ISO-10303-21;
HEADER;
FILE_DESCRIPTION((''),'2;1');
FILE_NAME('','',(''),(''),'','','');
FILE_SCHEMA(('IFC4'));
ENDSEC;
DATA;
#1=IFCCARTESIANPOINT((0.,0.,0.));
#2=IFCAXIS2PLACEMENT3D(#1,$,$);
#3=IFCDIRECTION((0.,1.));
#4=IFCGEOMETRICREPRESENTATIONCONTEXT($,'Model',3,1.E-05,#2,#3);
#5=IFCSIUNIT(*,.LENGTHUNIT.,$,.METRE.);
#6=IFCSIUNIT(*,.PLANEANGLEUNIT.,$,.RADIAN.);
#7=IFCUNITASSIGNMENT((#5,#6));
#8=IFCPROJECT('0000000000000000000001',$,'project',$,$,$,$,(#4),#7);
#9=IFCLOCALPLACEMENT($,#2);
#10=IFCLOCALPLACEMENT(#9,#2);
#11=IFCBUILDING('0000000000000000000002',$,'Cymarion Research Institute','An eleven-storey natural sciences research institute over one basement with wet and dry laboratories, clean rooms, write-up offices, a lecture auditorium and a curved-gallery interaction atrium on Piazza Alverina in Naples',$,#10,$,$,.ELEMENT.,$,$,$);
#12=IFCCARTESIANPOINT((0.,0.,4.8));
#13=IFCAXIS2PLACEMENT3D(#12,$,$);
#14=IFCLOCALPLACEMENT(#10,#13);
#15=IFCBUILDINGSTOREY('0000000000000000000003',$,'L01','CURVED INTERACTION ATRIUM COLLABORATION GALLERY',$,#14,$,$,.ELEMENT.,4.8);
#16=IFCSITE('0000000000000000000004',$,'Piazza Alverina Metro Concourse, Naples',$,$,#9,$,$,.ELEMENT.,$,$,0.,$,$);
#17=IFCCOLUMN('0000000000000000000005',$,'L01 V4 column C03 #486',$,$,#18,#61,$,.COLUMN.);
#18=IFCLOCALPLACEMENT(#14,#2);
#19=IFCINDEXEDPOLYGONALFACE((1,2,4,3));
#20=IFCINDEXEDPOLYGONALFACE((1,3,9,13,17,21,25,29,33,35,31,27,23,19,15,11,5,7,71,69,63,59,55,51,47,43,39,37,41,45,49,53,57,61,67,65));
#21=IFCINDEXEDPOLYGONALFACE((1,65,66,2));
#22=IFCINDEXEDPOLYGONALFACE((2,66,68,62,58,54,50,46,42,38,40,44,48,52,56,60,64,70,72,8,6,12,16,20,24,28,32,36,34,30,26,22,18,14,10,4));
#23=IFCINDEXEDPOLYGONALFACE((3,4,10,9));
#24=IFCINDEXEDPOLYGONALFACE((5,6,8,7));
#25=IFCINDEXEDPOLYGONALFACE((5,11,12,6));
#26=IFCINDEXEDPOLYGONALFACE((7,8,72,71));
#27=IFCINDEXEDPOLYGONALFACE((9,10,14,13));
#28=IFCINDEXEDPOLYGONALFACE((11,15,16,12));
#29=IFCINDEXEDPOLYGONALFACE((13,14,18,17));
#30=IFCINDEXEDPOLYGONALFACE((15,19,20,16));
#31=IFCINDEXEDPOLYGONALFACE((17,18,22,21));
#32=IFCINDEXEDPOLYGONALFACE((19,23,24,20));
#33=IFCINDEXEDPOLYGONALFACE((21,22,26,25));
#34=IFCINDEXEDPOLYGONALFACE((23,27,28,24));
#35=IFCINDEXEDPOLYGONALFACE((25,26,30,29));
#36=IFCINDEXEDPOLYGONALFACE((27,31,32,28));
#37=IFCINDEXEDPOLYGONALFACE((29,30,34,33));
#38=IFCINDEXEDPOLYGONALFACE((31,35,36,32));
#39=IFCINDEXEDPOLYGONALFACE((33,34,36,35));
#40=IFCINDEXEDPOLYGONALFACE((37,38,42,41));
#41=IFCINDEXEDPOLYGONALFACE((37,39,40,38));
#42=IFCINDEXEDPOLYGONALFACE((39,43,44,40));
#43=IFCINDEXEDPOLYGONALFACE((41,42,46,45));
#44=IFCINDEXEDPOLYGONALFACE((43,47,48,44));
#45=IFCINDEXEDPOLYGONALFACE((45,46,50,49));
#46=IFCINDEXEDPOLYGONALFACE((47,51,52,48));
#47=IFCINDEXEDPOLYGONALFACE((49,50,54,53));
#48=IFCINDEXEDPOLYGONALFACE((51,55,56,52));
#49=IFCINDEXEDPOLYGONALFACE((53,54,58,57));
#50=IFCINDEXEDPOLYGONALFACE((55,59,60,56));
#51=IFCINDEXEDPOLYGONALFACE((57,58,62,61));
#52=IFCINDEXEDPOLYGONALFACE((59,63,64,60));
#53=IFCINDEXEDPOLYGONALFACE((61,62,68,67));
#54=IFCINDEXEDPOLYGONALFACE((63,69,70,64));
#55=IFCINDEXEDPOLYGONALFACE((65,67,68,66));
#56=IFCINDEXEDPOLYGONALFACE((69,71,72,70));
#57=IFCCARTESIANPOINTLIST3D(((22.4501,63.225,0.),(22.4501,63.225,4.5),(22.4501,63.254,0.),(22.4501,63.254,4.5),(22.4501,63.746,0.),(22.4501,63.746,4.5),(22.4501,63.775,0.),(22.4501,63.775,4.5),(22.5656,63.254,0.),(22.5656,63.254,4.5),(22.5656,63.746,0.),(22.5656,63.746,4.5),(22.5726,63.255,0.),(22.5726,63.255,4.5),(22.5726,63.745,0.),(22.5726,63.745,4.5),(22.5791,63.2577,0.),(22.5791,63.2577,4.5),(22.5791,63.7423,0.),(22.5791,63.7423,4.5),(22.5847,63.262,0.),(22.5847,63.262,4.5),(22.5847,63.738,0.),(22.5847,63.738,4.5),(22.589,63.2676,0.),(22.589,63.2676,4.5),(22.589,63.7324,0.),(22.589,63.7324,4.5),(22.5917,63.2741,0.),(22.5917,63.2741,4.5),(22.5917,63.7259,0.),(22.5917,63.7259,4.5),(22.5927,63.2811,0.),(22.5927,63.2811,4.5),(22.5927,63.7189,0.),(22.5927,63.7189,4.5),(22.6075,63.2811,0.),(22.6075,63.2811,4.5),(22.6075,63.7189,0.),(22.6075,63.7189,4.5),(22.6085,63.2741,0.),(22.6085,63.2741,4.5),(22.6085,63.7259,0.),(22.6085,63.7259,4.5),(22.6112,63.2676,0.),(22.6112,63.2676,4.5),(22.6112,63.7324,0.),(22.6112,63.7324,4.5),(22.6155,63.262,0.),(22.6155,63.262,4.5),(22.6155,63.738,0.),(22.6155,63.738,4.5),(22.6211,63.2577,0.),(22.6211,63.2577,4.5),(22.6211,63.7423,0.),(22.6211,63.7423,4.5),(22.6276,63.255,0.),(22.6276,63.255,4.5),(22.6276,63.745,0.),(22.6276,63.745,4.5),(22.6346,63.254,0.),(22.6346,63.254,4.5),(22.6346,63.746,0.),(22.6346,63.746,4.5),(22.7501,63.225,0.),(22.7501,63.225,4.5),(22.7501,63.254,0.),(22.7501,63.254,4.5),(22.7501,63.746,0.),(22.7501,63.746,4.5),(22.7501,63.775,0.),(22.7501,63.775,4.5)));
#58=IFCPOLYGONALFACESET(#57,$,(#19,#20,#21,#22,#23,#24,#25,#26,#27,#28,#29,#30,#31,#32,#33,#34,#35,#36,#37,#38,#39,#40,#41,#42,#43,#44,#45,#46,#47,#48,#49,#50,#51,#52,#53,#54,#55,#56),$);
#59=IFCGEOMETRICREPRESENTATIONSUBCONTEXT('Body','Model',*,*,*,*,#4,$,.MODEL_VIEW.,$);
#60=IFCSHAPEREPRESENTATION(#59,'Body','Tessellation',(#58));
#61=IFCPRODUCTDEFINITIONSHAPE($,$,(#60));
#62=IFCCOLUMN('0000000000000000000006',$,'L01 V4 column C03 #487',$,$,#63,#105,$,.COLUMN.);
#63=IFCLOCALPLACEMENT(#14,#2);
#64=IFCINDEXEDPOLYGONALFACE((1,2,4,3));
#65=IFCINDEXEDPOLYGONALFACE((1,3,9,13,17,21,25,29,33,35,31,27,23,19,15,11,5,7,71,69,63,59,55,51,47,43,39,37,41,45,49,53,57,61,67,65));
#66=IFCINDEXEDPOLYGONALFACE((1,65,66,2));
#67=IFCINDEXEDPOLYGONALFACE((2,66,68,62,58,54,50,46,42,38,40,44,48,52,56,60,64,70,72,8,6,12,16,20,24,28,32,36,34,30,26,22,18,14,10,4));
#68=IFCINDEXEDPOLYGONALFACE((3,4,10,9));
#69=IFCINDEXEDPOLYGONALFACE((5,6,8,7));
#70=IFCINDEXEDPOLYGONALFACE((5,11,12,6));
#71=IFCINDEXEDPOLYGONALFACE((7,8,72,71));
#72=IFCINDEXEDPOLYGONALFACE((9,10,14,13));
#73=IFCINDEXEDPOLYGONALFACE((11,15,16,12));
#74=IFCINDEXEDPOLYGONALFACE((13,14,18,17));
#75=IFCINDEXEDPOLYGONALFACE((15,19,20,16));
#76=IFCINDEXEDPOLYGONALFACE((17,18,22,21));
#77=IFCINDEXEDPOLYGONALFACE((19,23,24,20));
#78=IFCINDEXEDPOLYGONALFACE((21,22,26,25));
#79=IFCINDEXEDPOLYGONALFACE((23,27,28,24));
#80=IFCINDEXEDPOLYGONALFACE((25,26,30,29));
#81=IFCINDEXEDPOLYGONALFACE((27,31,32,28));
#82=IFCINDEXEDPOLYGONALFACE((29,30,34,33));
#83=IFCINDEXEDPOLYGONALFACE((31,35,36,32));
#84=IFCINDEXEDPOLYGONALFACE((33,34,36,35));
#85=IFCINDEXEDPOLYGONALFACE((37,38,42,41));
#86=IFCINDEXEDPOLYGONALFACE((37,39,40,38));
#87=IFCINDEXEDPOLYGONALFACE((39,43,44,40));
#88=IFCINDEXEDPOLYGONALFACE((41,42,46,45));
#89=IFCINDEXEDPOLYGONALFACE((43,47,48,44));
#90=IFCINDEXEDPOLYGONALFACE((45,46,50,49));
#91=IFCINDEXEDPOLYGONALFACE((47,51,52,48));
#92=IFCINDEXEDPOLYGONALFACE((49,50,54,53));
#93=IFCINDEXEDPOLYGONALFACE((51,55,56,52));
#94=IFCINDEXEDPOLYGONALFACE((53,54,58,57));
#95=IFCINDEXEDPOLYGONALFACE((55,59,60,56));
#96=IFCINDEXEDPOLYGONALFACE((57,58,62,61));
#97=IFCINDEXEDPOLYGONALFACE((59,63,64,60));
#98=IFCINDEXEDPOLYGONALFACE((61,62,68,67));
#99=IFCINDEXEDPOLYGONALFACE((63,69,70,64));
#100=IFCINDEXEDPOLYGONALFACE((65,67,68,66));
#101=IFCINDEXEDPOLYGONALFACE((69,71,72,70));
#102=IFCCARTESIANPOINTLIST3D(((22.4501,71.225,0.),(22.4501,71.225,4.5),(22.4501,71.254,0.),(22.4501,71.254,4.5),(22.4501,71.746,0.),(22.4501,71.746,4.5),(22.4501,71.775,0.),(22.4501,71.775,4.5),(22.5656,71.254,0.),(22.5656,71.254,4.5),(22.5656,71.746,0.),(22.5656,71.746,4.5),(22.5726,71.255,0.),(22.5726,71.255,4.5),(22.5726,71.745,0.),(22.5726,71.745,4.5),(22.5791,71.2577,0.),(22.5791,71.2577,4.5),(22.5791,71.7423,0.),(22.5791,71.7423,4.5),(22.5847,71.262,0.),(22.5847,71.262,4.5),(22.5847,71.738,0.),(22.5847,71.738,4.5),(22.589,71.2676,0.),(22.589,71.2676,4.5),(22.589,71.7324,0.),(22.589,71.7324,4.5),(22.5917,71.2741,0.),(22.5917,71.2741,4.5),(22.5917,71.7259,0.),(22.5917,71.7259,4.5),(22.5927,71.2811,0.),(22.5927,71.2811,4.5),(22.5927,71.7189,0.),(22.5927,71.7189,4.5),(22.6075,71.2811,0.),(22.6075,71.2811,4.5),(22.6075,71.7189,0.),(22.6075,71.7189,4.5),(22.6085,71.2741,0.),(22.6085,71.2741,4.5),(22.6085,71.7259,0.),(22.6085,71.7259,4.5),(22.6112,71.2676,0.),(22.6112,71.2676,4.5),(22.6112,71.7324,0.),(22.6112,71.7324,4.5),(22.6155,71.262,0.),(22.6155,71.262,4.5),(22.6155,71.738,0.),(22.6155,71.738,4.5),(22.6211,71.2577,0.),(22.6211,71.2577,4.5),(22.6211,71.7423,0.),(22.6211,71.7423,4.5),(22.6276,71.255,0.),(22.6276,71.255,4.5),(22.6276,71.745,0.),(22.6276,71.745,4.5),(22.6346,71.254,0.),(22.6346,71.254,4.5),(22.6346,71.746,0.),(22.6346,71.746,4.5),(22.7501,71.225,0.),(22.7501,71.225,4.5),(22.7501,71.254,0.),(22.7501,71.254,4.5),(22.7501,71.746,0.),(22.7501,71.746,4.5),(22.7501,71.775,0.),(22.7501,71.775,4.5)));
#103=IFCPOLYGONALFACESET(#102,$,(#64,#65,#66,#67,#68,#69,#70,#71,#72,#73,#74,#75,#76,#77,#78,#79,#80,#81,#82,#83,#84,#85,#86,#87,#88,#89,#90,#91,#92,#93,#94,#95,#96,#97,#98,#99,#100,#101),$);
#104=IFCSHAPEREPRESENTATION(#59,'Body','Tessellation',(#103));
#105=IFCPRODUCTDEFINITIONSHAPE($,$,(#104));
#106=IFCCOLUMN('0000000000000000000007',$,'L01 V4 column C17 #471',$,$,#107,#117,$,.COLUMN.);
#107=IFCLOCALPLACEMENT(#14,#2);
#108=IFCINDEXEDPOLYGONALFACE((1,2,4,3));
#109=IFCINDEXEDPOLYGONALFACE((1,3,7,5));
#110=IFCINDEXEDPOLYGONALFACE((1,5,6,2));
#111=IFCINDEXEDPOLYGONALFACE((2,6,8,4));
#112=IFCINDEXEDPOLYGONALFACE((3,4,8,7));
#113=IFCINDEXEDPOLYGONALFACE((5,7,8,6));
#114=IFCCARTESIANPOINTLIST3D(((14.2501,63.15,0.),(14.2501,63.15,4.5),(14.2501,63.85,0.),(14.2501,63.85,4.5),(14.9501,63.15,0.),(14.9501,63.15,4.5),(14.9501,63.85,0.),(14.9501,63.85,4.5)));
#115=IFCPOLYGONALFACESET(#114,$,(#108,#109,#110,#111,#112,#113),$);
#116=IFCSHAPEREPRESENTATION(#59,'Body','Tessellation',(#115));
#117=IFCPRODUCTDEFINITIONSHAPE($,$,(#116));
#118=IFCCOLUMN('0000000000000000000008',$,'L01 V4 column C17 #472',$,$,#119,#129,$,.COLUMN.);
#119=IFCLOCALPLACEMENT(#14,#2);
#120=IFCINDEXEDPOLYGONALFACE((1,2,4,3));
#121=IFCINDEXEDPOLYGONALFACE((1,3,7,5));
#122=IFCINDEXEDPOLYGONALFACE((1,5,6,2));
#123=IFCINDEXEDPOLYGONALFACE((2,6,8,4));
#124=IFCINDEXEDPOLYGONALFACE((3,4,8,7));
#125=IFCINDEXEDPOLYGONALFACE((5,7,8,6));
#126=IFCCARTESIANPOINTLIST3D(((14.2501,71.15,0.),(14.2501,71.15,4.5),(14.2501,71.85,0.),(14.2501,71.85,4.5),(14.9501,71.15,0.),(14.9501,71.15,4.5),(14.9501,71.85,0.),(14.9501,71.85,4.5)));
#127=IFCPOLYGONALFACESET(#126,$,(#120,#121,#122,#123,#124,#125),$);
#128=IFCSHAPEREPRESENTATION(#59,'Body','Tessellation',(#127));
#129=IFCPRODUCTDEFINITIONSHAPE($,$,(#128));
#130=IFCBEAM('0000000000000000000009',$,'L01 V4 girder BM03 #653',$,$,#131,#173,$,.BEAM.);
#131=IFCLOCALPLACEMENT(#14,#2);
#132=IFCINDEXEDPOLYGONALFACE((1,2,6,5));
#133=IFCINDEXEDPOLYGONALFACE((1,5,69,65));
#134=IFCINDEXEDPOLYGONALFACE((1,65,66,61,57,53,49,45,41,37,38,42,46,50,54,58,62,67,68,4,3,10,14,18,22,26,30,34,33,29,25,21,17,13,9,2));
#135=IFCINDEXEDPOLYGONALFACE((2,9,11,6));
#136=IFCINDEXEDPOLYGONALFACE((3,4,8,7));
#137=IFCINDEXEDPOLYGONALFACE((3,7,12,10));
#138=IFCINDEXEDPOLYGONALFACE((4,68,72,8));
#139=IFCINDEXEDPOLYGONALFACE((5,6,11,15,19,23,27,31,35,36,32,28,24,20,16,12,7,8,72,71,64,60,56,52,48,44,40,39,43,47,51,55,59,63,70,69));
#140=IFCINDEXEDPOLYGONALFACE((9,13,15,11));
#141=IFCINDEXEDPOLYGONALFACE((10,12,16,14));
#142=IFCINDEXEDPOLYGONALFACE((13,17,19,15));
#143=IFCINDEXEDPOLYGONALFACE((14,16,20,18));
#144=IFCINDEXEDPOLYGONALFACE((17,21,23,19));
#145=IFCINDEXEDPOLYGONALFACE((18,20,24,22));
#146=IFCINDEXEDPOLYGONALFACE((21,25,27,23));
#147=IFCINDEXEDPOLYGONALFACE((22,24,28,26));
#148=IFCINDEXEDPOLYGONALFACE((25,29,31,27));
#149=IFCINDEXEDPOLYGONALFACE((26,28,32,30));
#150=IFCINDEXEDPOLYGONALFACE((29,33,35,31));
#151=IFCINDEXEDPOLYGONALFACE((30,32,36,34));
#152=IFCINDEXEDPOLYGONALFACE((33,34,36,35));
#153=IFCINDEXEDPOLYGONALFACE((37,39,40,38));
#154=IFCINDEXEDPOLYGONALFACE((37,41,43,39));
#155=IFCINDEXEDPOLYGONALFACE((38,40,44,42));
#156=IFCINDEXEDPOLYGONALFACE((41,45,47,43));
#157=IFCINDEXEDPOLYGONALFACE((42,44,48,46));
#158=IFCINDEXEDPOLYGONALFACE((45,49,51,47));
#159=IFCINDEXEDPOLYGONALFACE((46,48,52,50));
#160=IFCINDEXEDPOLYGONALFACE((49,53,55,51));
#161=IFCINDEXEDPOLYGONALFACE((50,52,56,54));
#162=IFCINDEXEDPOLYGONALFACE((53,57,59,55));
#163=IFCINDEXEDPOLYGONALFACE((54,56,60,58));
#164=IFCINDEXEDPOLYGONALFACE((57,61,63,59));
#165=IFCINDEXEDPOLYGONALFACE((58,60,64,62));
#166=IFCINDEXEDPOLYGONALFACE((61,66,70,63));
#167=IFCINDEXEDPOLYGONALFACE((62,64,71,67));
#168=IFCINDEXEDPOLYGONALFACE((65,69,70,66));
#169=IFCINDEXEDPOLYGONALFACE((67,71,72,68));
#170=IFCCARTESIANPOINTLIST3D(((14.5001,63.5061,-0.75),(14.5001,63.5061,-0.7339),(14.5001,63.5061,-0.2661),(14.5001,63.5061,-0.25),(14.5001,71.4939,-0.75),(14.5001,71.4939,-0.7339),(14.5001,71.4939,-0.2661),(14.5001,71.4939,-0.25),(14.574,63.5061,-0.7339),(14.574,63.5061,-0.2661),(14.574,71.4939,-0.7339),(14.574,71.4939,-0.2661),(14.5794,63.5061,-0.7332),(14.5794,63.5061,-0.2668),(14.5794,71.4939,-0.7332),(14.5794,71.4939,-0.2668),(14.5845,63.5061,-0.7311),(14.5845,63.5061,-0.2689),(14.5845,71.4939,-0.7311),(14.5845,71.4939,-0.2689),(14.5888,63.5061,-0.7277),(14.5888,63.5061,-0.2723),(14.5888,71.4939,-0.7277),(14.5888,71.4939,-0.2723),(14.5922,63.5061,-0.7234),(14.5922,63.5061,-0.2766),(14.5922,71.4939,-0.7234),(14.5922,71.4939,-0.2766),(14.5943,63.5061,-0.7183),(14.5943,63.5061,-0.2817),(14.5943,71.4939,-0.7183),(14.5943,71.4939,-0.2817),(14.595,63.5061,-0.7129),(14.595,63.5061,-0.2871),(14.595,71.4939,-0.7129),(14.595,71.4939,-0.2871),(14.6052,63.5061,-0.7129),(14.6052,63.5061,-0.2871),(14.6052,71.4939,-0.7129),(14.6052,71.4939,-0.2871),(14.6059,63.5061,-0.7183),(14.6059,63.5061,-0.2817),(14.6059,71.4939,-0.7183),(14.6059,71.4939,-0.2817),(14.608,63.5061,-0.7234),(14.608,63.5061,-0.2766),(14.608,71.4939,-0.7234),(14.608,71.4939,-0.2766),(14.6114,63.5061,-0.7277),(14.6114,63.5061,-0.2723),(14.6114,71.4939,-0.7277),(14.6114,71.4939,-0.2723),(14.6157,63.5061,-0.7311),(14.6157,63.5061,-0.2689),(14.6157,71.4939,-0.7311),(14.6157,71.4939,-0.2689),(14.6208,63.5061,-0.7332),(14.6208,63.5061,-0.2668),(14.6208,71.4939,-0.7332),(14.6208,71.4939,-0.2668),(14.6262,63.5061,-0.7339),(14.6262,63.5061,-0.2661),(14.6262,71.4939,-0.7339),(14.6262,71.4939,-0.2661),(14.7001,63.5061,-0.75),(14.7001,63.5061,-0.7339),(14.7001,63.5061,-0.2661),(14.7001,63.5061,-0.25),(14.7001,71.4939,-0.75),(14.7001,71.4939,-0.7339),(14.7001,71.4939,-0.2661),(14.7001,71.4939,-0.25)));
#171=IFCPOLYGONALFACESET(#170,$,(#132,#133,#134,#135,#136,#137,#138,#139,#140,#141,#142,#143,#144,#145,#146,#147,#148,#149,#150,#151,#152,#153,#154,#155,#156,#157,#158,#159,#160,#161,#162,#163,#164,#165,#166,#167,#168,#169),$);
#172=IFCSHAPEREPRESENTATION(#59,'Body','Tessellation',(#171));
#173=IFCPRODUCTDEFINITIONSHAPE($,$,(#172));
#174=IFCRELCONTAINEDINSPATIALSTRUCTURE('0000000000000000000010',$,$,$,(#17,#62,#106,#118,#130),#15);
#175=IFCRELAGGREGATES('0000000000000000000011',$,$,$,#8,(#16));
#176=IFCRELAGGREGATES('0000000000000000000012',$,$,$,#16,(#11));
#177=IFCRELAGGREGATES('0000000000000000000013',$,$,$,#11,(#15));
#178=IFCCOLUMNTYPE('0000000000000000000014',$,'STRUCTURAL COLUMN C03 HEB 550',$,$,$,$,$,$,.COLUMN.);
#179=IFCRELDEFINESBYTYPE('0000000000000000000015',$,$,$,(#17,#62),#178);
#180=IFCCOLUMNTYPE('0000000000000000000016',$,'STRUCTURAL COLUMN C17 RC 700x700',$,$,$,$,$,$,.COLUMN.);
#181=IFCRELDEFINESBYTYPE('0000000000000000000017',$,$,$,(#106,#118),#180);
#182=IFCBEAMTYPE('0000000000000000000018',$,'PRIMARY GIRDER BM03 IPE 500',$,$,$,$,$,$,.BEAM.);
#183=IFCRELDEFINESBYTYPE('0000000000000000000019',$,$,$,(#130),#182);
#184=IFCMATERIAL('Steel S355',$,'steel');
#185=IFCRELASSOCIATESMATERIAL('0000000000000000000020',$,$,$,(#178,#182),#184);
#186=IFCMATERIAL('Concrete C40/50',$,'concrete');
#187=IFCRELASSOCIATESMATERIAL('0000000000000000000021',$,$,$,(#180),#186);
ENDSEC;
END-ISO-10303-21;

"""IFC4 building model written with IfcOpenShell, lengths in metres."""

from ifc_helpers import new_model, si_unit, direction, frame, origin, origin_2d, place, context, subcontext, project, spatial, rectangle, i_section, extrude, material, material_profile, profile_set, type_object, element, save


model = new_model("IFC4")

# Units and contexts
model_context = context("Model", 3, precision=1e-05, world=origin(), true_north=direction((0.0, 1.0)))
body_context = subcontext(model_context, "Body", "Model", "MODEL_VIEW")
ifc_project = project(units=[si_unit("LENGTHUNIT", "METRE"), si_unit("PLANEANGLEUNIT", "RADIAN")], contexts=[model_context])

# Site, building, storey
site_placement = place(None, origin())
site = spatial("IfcSite", under=ifc_project, at=site_placement, Name="Piazza Alverina Metro Concourse, Naples", CompositionType="ELEMENT", RefElevation=0.0)
building_placement = place(site_placement, origin())
building = spatial("IfcBuilding", under=site, at=building_placement, Name="Cymarion Research Institute", Description="An eleven-storey natural sciences research institute over one basement with wet and dry laboratories, clean rooms, write-up offices, a lecture auditorium and a curved-gallery interaction atrium on Piazza Alverina in Naples", CompositionType="ELEMENT")
storey_placement = place(building_placement, frame((0.0, 0.0, 4.8)))
storey = spatial("IfcBuildingStorey", under=building, at=storey_placement, Name="L01", Description="CURVED INTERACTION ATRIUM COLLABORATION GALLERY", CompositionType="ELEMENT", Elevation=4.8)

# Columns
ifc_material_1 = material(Name="Steel S355", Category="steel")
ifc_material_profile_1 = material_profile(ifc_material_1, i_section(OverallWidth=0.3, OverallDepth=0.55, WebThickness=0.0149, FlangeThickness=0.0291, FilletRadius=0.0271, at=origin_2d()), Name="HEB 550")
ifc_profile_set_1 = profile_set([ifc_material_profile_1], Name="Steel S355")
column_type_1 = type_object("IfcColumnType", Name="STRUCTURAL COLUMN C03 HEB 550", PredefinedType="COLUMN", material=ifc_profile_set_1)
for number, where, z_axis, x_axis, name in (
    (1, (22.6001, 63.5, 0.0), (0.0, 0.0, 1.0), (1.0, 0.0, 0.0), "L01 V4 column C03 #486"),
    (2, (22.6001, 71.5, 0.0), (0.0, 0.0, 1.0), (1.0, 0.0, 0.0), "L01 V4 column C03 #487"),
):
    element("IfcColumn", number, at=place(storey_placement, frame(where, z_axis=z_axis, x_axis=x_axis)), inside=storey, type_object=column_type_1, Name=name, PredefinedType="COLUMN", context=body_context, shape_type="SweptSolid", body=[
        extrude(i_section(OverallWidth=0.3, OverallDepth=0.55, WebThickness=0.0149, FlangeThickness=0.0291, FilletRadius=0.0271, at=origin_2d()), origin(), (0.0, 0.0, 1.0), 4.5),
    ])
ifc_material_2 = material(Name="Concrete C40/50", Category="concrete")
ifc_material_profile_2 = material_profile(ifc_material_2, rectangle(XDim=0.7, YDim=0.7, at=origin_2d()), Name="RC 700x700")
ifc_profile_set_2 = profile_set([ifc_material_profile_2], Name="Concrete C40/50")
column_type_2 = type_object("IfcColumnType", Name="STRUCTURAL COLUMN C17 RC 700x700", PredefinedType="COLUMN", material=ifc_profile_set_2)
for number, where, z_axis, x_axis, name in (
    (3, (14.6001, 63.5, 0.0), (0.0, 0.0, 1.0), (1.0, 0.0, 0.0), "L01 V4 column C17 #471"),
    (4, (14.6001, 71.5, 0.0), (0.0, 0.0, 1.0), (1.0, 0.0, 0.0), "L01 V4 column C17 #472"),
):
    element("IfcColumn", number, at=place(storey_placement, frame(where, z_axis=z_axis, x_axis=x_axis)), inside=storey, type_object=column_type_2, Name=name, PredefinedType="COLUMN", context=body_context, shape_type="SweptSolid", body=[
        extrude(rectangle(XDim=0.7, YDim=0.7, at=origin_2d()), origin(), (0.0, 0.0, 1.0), 4.5),
    ])

# Beam
ifc_material_profile_3 = material_profile(ifc_material_1, i_section(OverallWidth=0.2, OverallDepth=0.5, WebThickness=0.0103, FlangeThickness=0.0161, FilletRadius=0.021, at=origin_2d()), Name="IPE 500")
ifc_profile_set_3 = profile_set([ifc_material_profile_3], Name="Steel S355")
beam_type_1 = type_object("IfcBeamType", Name="PRIMARY GIRDER BM03 IPE 500", PredefinedType="BEAM", material=ifc_profile_set_3)
for number, where, z_axis, x_axis, name in (
    (5, (14.6001, 63.5061, -0.5), (0.0, 1.0, 0.0), (-1.0, 0.0, 0.0), "L01 V4 girder BM03 #653"),
):
    element("IfcBeam", number, at=place(storey_placement, frame(where, z_axis=z_axis, x_axis=x_axis)), inside=storey, type_object=beam_type_1, Name=name, PredefinedType="BEAM", context=body_context, shape_type="SweptSolid", body=[
        extrude(i_section(OverallWidth=0.2, OverallDepth=0.5, WebThickness=0.0103, FlangeThickness=0.0161, FilletRadius=0.021, at=origin_2d()), origin(), (0.0, 0.0, 1.0), 7.9878),
    ])

save(model, "model.ifc")
